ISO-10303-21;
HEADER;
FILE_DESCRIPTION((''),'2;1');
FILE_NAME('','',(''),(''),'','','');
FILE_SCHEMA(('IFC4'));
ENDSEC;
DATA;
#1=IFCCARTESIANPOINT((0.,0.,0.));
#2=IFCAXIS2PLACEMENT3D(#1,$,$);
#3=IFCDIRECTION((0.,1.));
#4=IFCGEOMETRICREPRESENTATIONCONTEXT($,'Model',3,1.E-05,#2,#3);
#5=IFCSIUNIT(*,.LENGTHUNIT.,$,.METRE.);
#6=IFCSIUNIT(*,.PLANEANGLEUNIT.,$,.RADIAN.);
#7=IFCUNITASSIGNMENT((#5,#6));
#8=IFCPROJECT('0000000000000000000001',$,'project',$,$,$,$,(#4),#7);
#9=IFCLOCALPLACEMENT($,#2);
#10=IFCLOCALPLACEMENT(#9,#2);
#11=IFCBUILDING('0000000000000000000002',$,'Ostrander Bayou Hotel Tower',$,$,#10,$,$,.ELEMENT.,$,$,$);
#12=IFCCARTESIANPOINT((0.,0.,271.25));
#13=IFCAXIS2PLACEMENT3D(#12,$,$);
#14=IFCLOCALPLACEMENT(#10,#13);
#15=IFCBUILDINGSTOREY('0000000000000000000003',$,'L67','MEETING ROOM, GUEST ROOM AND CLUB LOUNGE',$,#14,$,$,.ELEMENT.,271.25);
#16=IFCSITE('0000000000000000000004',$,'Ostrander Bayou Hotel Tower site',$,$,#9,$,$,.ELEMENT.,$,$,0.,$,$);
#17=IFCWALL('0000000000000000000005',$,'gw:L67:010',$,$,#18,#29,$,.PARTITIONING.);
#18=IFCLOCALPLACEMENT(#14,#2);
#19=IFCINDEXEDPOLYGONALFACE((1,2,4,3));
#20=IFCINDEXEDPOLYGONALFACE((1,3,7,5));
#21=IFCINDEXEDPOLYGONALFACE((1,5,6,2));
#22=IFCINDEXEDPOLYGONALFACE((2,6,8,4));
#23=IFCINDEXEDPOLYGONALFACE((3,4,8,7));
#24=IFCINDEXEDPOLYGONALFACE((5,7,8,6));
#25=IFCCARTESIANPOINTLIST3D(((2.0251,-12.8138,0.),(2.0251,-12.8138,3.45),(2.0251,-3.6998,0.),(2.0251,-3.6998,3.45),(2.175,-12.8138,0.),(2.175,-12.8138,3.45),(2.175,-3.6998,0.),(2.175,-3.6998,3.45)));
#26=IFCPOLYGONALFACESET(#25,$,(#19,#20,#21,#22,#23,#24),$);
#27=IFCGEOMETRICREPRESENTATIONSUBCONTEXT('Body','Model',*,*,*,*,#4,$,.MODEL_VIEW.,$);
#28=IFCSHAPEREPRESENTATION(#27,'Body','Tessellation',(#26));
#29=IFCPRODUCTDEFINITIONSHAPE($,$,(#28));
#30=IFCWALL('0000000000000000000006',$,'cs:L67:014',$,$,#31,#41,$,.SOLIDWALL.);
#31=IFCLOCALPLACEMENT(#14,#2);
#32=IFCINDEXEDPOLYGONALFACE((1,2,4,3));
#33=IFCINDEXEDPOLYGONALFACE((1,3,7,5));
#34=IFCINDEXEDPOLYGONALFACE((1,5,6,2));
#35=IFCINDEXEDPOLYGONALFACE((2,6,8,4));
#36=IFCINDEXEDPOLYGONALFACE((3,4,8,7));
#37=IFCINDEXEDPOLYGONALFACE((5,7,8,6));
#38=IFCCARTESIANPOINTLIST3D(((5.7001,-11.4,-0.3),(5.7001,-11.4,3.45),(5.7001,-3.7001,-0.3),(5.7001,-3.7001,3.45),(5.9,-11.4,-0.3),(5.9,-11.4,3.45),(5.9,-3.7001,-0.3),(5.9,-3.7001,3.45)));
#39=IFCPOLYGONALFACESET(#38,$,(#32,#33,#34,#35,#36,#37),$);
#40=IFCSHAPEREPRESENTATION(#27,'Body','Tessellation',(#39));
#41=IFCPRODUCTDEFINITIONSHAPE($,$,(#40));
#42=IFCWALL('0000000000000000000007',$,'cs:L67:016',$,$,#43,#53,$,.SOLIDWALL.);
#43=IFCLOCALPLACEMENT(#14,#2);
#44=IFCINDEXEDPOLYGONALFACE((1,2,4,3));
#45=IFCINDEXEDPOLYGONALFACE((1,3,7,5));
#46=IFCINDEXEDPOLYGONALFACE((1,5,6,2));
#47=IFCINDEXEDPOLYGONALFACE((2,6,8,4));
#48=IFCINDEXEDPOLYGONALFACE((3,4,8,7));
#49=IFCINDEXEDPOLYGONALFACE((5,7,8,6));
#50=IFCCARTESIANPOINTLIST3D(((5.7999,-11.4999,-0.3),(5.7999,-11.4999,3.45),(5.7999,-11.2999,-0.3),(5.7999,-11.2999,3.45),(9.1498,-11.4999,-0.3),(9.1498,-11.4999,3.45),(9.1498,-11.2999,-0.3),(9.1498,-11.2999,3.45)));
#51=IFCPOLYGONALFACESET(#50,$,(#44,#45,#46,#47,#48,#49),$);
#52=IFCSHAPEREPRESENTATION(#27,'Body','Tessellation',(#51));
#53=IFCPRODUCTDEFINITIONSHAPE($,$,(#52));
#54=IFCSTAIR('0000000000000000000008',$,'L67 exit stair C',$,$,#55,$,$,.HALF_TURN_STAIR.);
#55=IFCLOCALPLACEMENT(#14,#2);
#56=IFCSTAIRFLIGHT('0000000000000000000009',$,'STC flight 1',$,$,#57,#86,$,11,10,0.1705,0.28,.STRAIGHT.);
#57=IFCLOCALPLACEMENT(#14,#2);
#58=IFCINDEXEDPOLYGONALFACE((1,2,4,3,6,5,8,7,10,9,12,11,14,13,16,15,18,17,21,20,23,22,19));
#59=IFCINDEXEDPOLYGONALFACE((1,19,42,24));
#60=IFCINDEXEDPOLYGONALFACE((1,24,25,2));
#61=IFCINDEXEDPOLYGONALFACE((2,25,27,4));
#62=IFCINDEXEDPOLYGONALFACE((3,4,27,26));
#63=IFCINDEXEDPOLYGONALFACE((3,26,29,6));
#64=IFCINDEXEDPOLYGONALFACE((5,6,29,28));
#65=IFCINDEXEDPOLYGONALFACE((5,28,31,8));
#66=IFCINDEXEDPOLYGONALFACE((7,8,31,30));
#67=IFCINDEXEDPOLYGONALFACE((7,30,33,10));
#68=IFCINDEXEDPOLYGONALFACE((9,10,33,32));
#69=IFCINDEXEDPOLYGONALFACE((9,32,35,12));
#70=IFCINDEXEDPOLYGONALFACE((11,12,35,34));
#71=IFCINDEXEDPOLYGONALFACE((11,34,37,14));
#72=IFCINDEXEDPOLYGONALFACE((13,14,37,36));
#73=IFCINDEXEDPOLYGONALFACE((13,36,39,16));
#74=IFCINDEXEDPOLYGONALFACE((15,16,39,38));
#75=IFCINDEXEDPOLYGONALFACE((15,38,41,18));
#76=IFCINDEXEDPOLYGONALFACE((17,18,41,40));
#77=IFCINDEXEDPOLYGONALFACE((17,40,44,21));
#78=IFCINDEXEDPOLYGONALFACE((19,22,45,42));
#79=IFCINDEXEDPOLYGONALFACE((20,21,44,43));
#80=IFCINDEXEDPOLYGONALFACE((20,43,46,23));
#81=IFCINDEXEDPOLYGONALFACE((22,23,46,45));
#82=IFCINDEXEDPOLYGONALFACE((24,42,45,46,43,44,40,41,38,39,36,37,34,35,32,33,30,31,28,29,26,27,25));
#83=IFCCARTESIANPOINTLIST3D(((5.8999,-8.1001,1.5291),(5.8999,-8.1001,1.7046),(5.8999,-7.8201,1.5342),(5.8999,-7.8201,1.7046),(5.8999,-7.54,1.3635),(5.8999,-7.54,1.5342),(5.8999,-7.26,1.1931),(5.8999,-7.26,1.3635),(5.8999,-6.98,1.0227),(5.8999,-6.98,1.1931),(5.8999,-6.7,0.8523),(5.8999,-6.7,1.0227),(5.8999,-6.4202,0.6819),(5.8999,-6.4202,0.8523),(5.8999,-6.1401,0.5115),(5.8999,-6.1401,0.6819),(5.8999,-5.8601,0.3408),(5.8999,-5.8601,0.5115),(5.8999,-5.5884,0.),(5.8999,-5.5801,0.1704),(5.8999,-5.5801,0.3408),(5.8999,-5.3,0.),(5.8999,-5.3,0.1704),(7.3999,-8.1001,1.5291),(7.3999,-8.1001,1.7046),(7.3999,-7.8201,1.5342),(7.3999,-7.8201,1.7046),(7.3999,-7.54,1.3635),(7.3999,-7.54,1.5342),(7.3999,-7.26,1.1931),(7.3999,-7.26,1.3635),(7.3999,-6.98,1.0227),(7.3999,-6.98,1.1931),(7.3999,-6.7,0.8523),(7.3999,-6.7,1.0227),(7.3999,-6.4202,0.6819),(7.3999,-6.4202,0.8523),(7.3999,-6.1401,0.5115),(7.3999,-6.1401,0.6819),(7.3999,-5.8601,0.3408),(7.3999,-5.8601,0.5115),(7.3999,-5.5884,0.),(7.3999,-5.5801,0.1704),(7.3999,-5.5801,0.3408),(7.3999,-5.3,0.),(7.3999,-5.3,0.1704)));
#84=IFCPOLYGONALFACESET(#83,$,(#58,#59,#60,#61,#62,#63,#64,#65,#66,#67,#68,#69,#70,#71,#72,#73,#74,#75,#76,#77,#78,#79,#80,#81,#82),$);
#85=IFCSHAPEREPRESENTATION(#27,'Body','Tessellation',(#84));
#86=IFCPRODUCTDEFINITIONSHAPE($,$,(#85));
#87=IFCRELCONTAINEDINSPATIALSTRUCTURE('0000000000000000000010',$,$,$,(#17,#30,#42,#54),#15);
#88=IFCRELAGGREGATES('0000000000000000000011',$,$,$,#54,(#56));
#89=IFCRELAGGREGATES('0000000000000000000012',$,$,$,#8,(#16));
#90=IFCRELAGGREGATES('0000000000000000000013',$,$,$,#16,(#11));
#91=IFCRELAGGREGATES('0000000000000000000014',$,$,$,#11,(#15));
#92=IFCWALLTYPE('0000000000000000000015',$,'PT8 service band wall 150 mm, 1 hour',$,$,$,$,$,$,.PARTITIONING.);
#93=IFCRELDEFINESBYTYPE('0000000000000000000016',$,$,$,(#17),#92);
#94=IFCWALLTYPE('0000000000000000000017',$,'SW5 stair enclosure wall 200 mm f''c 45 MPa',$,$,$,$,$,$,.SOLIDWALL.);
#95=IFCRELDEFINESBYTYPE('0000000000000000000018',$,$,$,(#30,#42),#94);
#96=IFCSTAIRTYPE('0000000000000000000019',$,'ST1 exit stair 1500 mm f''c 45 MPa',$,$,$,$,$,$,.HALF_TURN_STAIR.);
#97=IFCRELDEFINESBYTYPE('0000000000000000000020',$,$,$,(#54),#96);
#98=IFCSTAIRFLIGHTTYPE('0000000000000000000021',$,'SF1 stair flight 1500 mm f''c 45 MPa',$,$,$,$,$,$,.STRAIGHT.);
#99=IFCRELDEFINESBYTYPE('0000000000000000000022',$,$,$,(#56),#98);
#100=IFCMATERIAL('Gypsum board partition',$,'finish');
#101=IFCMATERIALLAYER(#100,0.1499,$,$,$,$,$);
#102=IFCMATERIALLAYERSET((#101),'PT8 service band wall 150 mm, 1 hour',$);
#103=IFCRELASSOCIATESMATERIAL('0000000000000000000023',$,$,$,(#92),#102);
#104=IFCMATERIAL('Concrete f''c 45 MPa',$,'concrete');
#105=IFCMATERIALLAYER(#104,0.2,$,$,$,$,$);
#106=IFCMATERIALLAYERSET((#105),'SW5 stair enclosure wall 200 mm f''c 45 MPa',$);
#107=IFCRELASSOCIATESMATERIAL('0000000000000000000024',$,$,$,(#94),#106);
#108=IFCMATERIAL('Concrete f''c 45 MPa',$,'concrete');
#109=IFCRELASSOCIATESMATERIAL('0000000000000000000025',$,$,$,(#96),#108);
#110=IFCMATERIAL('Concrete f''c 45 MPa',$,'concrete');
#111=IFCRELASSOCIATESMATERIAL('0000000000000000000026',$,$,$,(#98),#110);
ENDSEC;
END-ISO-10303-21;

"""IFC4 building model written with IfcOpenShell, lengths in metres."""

from ifc_helpers import new_model, si_unit, direction, frame, frame_2d, origin, place, context, subcontext, project, spatial, polyline, rectangle, outline, extrude, material, layer, layer_set, type_object, element, aggregate, save


model = new_model("IFC4")

# Units and contexts
model_context = context("Model", 3, precision=1e-05, world=origin(), true_north=direction((0.0, 1.0)))
body_context = subcontext(model_context, "Body", "Model", "MODEL_VIEW")
ifc_project = project(units=[si_unit("LENGTHUNIT", "METRE"), si_unit("PLANEANGLEUNIT", "RADIAN")], contexts=[model_context])

# Site, building, storey
site_placement = place(None, origin())
site = spatial("IfcSite", under=ifc_project, at=site_placement, Name="Ostrander Bayou Hotel Tower site", CompositionType="ELEMENT", RefElevation=0.0)
building_placement = place(site_placement, origin())
building = spatial("IfcBuilding", under=site, at=building_placement, Name="Ostrander Bayou Hotel Tower", CompositionType="ELEMENT")
storey_placement = place(building_placement, frame((0.0, 0.0, 271.25)))
storey = spatial("IfcBuildingStorey", under=building, at=storey_placement, Name="L67", Description="MEETING ROOM, GUEST ROOM AND CLUB LOUNGE", CompositionType="ELEMENT", Elevation=271.25)

# Shared definitions
ifc_material_1 = material(Name="Gypsum board partition", Category="finish")
ifc_layer_1 = layer(ifc_material_1, 0.1499)
ifc_layer_set_1 = layer_set([ifc_layer_1], Name="PT8 service band wall 150 mm, 1 hour")
wall_type_1 = type_object("IfcWallType", Name="PT8 service band wall 150 mm, 1 hour", PredefinedType="PARTITIONING", material=ifc_layer_set_1)

# Wall
wall_1_placement = place(storey_placement, frame((2.1001, -12.814, 0.0), z_axis=(0.0, 0.0, 1.0), x_axis=(0.0, 1.0, 0.0)))
element("IfcWall", 1, at=wall_1_placement, inside=storey, type_object=wall_type_1, Name="gw:L67:010", PredefinedType="PARTITIONING", context=body_context, shape_type="SweptSolid", body=[
    extrude(rectangle(XDim=9.114, YDim=0.1499, at=frame_2d((4.5571, 0.0))), origin(), (0.0, 0.0, 1.0), 3.45),
])

# Shared definitions
ifc_material_2 = material(Name="Concrete f'c 45 MPa", Category="concrete")
ifc_layer_2 = layer(ifc_material_2, 0.2)
ifc_layer_set_2 = layer_set([ifc_layer_2], Name="SW5 stair enclosure wall 200 mm f'c 45 MPa")
wall_type_2 = type_object("IfcWallType", Name="SW5 stair enclosure wall 200 mm f'c 45 MPa", PredefinedType="SOLIDWALL", material=ifc_layer_set_2)

# Walls
wall_2_placement = place(storey_placement, frame((5.8, -3.7, -0.3), z_axis=(0.0, 0.0, 1.0), x_axis=(0.0, -1.0, 0.0)))
element("IfcWall", 2, at=wall_2_placement, inside=storey, type_object=wall_type_2, Name="cs:L67:014", PredefinedType="SOLIDWALL", context=body_context, shape_type="SweptSolid", body=[
    extrude(rectangle(XDim=7.7, YDim=0.2, at=frame_2d((3.8501, 0.0))), origin(), (0.0, 0.0, 1.0), 3.75),
])
wall_3_placement = place(storey_placement, frame((5.8, -11.3999, -0.3), z_axis=(0.0, 0.0, 1.0), x_axis=(1.0, 0.0, 0.0)))
element("IfcWall", 3, at=wall_3_placement, inside=storey, type_object=wall_type_2, Name="cs:L67:016", PredefinedType="SOLIDWALL", context=body_context, shape_type="SweptSolid", body=[
    extrude(rectangle(XDim=3.3499, YDim=0.2, at=frame_2d((1.6748, 0.0))), origin(), (0.0, 0.0, 1.0), 3.75),
])

# Stair, stair flight
ifc_material_3 = material(Name="Concrete f'c 45 MPa", Category="concrete")
stair_type = type_object("IfcStairType", Name="ST1 exit stair 1500 mm f'c 45 MPa", PredefinedType="HALF_TURN_STAIR", material=ifc_material_3)
stair_placement = place(storey_placement, origin())
stair = element("IfcStair", 4, at=stair_placement, inside=storey, type_object=stair_type, Name="L67 exit stair C", PredefinedType="HALF_TURN_STAIR")
ifc_material_4 = material(Name="Concrete f'c 45 MPa", Category="concrete")
stair_flight_type = type_object("IfcStairFlightType", Name="SF1 stair flight 1500 mm f'c 45 MPa", PredefinedType="STRAIGHT", material=ifc_material_4)
stair_flight_placement = place(storey_placement, frame((6.6499, -5.3, 0.0), z_axis=(0.0, 0.0, 1.0), x_axis=(0.0, -1.0, 0.0)))
stair_flight = element("IfcStairFlight", 5, at=stair_flight_placement, type_object=stair_flight_type, Name="STC flight 1", NumberOfRisers=11, NumberOfTreads=10, PredefinedType="STRAIGHT", RiserHeight=0.1705, TreadLength=0.28, context=body_context, shape_type="SweptSolid", body=[
    extrude(outline(polyline([(0.0, 0.0), (0.0, 0.1704), (0.28, 0.1704), (0.28, 0.3408), (0.5601, 0.3408), (0.5601, 0.5115), (0.8401, 0.5115), (0.8401, 0.6819), (1.1201, 0.6819), (1.1201, 0.8523), (1.3999, 0.8523), (1.3999, 1.0227), (1.6799, 1.0227), (1.6799, 1.1931), (1.96, 1.1931), (1.96, 1.3635), (2.24, 1.3635), (2.24, 1.5342), (2.52, 1.5342), (2.52, 1.7046), (2.8, 1.7046), (2.8, 1.875), (2.8, 1.5291), (0.2883, 0.0), (0.0, 0.0)])), frame((0.0, 0.75, 0.0), z_axis=(0.0, -1.0, 0.0), x_axis=(1.0, 0.0, 0.0)), (0.0, 0.0, 1.0), 1.5),
])
aggregate(stair, [stair_flight])

save(model, "model.ifc")
